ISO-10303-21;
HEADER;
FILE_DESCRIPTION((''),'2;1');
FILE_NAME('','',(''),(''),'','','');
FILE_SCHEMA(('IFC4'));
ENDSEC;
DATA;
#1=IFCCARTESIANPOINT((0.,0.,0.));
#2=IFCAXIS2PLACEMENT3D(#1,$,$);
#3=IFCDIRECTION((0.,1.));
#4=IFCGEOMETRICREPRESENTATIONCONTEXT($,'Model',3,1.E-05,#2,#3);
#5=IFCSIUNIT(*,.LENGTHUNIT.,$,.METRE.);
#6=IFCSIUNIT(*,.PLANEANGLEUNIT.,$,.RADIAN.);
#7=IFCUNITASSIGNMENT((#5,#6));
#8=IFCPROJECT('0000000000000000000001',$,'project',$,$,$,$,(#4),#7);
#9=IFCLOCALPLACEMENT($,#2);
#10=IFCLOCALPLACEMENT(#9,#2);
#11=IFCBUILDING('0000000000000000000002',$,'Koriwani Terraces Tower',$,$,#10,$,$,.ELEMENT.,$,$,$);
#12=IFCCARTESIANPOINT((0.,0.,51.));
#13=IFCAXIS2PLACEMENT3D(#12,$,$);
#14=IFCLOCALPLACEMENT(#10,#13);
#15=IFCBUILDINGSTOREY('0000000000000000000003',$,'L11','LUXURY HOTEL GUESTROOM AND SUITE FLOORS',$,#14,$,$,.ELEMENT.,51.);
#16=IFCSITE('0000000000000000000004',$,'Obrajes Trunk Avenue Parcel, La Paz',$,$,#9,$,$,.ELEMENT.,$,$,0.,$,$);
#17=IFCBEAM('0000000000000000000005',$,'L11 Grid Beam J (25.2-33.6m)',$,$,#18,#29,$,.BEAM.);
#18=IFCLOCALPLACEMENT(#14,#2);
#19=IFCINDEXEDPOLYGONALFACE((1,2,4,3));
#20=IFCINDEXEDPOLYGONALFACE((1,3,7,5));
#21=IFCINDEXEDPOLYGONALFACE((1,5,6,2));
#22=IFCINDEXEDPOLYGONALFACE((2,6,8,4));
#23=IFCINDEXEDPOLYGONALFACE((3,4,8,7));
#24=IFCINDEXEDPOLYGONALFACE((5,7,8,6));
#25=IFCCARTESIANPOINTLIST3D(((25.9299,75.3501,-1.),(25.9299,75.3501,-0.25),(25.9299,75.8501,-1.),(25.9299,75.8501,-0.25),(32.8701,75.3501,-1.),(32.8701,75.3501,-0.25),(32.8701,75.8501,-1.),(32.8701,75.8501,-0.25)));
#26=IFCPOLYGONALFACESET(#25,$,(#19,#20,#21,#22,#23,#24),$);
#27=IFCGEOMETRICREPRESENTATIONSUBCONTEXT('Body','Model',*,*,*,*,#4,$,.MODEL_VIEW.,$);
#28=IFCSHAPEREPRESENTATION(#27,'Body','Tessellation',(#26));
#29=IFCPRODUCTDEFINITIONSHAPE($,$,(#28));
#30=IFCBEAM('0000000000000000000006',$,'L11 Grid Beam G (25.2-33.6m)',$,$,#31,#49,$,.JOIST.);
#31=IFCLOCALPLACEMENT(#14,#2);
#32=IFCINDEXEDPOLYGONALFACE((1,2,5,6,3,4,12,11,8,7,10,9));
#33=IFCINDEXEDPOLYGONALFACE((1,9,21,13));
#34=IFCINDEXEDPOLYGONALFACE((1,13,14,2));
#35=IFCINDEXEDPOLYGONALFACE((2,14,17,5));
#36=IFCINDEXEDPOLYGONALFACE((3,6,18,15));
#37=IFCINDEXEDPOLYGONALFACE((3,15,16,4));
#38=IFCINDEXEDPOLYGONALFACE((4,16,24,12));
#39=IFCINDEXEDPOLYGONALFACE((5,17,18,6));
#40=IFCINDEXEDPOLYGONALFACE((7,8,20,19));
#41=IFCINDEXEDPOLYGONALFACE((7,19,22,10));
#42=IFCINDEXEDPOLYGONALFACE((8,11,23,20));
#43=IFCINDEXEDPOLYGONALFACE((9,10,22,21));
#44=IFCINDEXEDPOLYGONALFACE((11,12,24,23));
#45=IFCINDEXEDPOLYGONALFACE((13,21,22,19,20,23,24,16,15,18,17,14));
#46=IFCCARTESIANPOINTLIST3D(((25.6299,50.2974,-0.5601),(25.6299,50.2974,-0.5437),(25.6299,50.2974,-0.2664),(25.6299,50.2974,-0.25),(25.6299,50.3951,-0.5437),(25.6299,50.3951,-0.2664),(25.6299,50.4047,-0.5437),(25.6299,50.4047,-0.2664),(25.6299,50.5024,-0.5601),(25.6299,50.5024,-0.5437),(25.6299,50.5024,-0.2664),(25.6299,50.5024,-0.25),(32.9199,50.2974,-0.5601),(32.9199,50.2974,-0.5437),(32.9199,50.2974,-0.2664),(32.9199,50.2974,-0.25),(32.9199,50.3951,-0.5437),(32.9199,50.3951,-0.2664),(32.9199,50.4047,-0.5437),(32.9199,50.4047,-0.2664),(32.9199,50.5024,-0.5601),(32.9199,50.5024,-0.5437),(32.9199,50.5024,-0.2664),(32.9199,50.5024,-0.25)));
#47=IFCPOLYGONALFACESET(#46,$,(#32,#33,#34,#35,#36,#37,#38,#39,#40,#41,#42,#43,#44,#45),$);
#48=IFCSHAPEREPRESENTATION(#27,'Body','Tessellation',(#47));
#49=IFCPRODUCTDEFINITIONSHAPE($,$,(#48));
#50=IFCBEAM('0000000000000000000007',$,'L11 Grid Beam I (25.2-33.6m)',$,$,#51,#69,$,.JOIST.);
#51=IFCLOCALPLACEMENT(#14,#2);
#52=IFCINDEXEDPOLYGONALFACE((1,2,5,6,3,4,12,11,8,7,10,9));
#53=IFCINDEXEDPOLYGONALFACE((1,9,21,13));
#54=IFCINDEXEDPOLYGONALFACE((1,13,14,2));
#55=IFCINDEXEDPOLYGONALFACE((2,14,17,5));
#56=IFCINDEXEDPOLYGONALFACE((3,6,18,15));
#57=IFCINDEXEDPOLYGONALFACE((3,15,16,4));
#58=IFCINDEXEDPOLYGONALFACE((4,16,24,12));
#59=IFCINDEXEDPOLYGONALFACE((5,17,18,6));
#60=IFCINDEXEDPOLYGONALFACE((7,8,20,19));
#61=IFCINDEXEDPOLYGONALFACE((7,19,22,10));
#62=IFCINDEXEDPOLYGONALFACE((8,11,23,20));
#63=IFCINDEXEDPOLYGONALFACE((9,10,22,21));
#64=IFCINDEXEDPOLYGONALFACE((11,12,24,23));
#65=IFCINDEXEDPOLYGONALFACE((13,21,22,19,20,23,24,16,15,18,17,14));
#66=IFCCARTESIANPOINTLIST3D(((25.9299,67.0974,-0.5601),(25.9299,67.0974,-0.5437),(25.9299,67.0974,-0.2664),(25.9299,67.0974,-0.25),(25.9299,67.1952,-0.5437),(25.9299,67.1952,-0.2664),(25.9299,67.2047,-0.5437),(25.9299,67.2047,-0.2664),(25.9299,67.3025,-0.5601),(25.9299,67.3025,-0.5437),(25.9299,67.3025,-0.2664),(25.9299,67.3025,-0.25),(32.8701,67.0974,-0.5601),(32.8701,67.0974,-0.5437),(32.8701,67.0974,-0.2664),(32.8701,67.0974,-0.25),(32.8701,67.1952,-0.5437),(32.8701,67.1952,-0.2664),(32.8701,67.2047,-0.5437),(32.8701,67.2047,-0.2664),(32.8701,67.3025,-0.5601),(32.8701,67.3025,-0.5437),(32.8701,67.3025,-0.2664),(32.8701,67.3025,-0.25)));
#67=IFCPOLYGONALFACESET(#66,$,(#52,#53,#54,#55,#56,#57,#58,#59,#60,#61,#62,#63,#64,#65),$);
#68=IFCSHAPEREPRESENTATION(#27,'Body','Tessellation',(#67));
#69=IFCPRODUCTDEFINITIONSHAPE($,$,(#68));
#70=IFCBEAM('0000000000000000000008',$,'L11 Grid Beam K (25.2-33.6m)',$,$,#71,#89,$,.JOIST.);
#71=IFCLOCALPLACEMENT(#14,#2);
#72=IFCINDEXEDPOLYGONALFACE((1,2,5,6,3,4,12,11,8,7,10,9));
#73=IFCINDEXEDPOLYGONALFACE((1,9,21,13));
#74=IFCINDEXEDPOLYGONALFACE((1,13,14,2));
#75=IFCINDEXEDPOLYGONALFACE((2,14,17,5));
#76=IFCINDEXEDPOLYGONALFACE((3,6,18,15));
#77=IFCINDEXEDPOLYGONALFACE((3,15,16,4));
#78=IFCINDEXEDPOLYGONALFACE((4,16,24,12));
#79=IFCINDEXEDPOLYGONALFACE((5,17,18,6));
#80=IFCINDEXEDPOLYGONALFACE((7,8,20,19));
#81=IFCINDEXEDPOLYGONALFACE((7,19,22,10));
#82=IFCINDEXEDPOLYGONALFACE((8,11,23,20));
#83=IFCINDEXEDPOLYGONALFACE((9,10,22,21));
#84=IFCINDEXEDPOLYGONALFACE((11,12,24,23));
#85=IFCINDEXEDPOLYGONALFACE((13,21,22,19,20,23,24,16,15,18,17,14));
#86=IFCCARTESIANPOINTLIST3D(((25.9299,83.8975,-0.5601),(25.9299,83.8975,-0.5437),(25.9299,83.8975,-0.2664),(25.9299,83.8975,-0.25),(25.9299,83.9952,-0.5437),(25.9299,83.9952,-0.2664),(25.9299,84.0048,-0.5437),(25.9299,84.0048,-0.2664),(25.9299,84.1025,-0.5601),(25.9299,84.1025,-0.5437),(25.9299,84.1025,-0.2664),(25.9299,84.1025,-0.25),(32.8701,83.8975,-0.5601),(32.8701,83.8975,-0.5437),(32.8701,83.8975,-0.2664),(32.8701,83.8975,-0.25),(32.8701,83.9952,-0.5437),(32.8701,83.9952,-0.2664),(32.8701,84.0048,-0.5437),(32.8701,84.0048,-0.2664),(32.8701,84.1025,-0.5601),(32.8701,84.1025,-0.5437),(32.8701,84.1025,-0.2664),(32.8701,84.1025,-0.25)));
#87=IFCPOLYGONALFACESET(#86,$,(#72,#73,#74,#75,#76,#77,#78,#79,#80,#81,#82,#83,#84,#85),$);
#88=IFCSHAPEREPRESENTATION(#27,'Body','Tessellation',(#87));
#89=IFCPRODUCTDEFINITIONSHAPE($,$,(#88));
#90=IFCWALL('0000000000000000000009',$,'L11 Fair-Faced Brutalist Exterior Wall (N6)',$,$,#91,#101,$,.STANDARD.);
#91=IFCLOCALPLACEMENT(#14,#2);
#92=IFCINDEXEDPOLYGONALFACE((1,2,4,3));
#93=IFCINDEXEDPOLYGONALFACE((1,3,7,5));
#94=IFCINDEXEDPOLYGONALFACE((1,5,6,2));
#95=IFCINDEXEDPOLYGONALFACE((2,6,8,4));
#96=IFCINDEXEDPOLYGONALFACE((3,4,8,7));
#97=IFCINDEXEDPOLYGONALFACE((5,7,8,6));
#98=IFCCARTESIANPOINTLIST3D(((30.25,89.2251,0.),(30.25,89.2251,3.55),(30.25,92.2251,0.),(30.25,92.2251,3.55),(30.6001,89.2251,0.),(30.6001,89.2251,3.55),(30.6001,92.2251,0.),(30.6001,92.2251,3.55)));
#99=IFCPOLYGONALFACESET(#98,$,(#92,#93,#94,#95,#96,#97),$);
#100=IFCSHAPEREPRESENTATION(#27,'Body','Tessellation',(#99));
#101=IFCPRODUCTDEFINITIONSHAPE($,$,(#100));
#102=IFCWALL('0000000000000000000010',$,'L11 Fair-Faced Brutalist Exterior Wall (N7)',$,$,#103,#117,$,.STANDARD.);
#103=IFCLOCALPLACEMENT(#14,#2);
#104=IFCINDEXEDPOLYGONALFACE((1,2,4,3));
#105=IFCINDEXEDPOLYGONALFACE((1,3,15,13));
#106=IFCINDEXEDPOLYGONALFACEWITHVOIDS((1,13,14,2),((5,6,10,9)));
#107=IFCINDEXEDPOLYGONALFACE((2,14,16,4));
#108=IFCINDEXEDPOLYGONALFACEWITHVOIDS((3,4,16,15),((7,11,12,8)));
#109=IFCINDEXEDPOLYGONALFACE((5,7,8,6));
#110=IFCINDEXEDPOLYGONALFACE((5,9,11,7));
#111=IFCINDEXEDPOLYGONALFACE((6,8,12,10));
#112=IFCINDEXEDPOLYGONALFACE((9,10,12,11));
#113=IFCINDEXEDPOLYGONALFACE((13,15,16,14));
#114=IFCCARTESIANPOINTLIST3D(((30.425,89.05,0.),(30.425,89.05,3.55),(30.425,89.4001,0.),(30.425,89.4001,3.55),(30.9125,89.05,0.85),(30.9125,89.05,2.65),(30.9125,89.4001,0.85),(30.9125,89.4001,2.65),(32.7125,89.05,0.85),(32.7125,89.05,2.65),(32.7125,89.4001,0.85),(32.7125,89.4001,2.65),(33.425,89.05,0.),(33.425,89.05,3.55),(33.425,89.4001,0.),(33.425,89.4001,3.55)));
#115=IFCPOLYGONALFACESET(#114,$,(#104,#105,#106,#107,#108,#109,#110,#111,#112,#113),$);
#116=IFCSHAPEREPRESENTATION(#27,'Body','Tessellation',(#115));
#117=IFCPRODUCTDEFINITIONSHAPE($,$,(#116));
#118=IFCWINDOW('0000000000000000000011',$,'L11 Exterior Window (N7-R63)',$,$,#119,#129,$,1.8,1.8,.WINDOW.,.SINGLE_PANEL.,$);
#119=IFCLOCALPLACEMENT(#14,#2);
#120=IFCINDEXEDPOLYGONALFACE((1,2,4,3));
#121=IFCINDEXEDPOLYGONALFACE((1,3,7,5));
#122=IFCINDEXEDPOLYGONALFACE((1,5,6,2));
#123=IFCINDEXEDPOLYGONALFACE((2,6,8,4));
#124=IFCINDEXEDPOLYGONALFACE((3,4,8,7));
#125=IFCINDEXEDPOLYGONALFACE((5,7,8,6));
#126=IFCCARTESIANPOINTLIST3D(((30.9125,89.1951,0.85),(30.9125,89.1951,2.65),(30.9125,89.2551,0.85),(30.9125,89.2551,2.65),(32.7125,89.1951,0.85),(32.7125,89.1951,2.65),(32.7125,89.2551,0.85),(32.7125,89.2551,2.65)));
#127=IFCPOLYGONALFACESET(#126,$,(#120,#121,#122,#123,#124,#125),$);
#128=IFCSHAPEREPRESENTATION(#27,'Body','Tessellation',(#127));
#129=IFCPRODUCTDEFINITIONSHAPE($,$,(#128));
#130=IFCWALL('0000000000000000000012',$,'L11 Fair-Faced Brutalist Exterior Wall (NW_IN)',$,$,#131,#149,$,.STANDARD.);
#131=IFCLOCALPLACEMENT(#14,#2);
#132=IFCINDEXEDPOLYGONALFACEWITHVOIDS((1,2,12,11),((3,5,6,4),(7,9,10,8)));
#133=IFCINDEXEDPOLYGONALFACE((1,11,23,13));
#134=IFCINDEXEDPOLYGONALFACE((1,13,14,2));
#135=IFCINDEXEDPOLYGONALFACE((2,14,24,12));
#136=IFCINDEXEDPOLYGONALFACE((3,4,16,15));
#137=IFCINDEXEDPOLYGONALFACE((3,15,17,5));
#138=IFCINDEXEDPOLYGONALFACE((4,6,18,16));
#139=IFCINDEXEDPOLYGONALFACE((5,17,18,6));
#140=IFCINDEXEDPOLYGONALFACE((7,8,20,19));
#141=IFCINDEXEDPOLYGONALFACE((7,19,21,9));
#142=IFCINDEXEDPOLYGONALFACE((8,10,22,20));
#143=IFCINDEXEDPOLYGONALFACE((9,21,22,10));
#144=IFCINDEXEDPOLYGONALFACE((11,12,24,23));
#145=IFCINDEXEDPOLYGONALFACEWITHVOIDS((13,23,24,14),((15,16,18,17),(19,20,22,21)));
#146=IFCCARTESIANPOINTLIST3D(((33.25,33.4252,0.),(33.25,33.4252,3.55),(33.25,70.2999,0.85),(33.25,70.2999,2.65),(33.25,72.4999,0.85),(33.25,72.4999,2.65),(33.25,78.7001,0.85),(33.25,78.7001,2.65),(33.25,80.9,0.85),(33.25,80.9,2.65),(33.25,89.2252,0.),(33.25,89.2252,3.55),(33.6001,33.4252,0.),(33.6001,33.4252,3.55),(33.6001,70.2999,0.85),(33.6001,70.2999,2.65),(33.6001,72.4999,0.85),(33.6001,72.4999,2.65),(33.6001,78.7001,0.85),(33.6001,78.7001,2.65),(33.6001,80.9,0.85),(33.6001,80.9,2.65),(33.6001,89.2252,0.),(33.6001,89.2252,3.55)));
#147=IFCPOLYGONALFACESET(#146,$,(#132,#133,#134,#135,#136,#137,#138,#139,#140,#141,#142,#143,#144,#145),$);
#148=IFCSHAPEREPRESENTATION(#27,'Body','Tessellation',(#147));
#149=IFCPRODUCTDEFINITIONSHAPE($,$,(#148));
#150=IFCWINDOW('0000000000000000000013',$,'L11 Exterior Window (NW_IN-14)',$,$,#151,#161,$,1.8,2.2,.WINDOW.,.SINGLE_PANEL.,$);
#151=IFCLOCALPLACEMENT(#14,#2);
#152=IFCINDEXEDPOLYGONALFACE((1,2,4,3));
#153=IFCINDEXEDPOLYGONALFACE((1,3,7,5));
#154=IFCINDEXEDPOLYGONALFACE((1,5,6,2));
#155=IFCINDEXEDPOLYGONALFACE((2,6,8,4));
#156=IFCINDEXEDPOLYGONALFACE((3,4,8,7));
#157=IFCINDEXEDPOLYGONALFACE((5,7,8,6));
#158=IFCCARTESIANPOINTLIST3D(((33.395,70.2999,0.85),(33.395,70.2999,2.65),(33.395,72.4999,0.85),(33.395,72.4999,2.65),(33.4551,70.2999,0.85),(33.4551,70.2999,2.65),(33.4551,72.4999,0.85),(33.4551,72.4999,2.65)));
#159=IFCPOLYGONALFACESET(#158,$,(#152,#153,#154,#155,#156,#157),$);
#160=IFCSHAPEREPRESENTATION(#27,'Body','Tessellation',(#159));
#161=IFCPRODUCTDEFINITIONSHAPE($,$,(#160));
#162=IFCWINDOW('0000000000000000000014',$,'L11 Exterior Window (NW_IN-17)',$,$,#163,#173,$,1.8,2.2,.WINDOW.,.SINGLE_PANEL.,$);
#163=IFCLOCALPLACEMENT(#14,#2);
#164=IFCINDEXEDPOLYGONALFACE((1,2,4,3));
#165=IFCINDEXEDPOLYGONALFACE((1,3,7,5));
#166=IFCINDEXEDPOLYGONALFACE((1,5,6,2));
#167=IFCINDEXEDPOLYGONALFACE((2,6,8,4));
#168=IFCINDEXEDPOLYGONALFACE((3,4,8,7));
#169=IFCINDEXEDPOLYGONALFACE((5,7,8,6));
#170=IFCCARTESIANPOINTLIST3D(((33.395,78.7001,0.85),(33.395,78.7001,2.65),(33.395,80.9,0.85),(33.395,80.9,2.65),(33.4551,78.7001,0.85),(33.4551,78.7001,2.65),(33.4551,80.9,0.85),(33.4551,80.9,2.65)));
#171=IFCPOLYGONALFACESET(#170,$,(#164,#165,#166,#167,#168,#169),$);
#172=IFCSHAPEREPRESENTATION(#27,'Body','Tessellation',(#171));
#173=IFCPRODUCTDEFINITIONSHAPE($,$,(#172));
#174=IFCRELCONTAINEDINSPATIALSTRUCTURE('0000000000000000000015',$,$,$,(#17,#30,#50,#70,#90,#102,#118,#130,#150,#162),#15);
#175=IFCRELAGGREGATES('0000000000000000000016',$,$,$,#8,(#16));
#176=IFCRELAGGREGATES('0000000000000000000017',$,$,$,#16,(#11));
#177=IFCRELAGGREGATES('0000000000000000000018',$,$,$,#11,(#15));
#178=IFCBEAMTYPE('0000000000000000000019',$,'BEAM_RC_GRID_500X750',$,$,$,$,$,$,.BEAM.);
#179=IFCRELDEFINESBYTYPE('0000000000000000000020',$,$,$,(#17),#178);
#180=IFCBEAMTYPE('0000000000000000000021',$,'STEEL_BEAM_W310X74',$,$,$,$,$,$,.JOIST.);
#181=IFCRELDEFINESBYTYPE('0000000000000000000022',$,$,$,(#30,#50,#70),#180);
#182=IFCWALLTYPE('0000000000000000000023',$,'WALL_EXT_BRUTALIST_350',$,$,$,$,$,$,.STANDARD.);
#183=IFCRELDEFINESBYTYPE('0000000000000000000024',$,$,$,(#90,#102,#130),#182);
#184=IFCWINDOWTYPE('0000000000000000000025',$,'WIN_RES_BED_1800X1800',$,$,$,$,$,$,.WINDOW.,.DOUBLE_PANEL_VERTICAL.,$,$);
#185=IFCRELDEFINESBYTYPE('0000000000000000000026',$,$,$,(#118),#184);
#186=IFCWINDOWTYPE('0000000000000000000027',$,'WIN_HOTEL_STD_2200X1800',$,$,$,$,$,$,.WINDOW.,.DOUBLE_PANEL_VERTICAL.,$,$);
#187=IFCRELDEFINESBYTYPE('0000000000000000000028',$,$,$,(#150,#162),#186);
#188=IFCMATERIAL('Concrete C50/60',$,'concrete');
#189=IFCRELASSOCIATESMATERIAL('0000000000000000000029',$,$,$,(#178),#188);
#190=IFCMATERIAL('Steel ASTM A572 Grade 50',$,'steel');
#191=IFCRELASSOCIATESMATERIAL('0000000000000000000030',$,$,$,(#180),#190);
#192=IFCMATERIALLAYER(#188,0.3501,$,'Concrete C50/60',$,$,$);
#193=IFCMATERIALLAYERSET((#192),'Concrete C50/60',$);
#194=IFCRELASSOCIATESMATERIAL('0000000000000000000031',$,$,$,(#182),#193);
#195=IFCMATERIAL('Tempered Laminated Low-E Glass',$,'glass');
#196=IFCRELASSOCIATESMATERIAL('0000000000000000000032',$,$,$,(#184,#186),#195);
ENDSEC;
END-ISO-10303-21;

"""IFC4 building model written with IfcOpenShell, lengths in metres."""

from ifc_helpers import new_model, si_unit, direction, frame, frame_2d, origin, origin_2d, place, context, subcontext, project, spatial, rectangle, i_section, extrude, material, layer, layer_set, material_profile, profile_set, type_object, element, fill, save


model = new_model("IFC4")

# Units and contexts
model_context = context("Model", 3, precision=1e-05, world=origin(), true_north=direction((0.0, 1.0)))
body_context = subcontext(model_context, "Body", "Model", "MODEL_VIEW")
ifc_project = project(units=[si_unit("LENGTHUNIT", "METRE"), si_unit("PLANEANGLEUNIT", "RADIAN")], contexts=[model_context])

# Site, building, storey
site_placement = place(None, origin())
site = spatial("IfcSite", under=ifc_project, at=site_placement, Name="Obrajes Trunk Avenue Parcel, La Paz", CompositionType="ELEMENT", RefElevation=0.0)
building_placement = place(site_placement, origin())
building = spatial("IfcBuilding", under=site, at=building_placement, Name="Koriwani Terraces Tower", CompositionType="ELEMENT")
storey_placement = place(building_placement, frame((0.0, 0.0, 51.0)))
storey = spatial("IfcBuildingStorey", under=building, at=storey_placement, Name="L11", Description="LUXURY HOTEL GUESTROOM AND SUITE FLOORS", CompositionType="ELEMENT", Elevation=51.0)

# Beams
ifc_material_1 = material(Name="Concrete C50/60", Category="concrete")
ifc_material_profile_1 = material_profile(ifc_material_1, rectangle(XDim=0.5, YDim=0.75, at=origin_2d()), Name="Concrete C50/60", Category="LoadBearing")
ifc_profile_set_1 = profile_set([ifc_material_profile_1], Name="Concrete C50/60")
beam_type_1 = type_object("IfcBeamType", Name="BEAM_RC_GRID_500X750", PredefinedType="BEAM", material=ifc_profile_set_1)
beam_1_placement = place(storey_placement, frame((25.9299, 75.6001, -0.625), z_axis=(1.0, 0.0, 0.0), x_axis=(0.0, 1.0, 0.0)))
element("IfcBeam", 1, at=beam_1_placement, inside=storey, type_object=beam_type_1, Name="L11 Grid Beam J (25.2-33.6m)", PredefinedType="BEAM", context=body_context, shape_type="SweptSolid", body=[
    extrude(rectangle(XDim=0.5, YDim=0.75, at=origin_2d()), origin(), (0.0, 0.0, 1.0), 6.9402),
])
ifc_material_2 = material(Name="Steel ASTM A572 Grade 50", Category="steel")
ifc_material_profile_2 = material_profile(ifc_material_2, i_section(OverallWidth=0.2051, OverallDepth=0.3101, WebThickness=0.0095, FlangeThickness=0.0164, at=origin_2d()), Name="Steel ASTM A572 Grade 50", Category="LoadBearing")
ifc_profile_set_2 = profile_set([ifc_material_profile_2], Name="Steel ASTM A572 Grade 50")
beam_type_2 = type_object("IfcBeamType", Name="STEEL_BEAM_W310X74", PredefinedType="JOIST", material=ifc_profile_set_2)
beam_2_placement = place(storey_placement, frame((25.6299, 50.3999, -0.405), z_axis=(1.0, 0.0, 0.0), x_axis=(0.0, 1.0, 0.0)))
element("IfcBeam", 2, at=beam_2_placement, inside=storey, type_object=beam_type_2, Name="L11 Grid Beam G (25.2-33.6m)", PredefinedType="JOIST", context=body_context, shape_type="SweptSolid", body=[
    extrude(i_section(OverallWidth=0.2051, OverallDepth=0.3101, WebThickness=0.0095, FlangeThickness=0.0164, at=origin_2d()), origin(), (0.0, 0.0, 1.0), 7.29),
])
for number, where, z_axis, x_axis, name in (
    (3, (25.9299, 67.2, -0.405), (1.0, 0.0, 0.0), (0.0, 1.0, 0.0), "L11 Grid Beam I (25.2-33.6m)"),
    (4, (25.9299, 84.0, -0.405), (1.0, 0.0, 0.0), (0.0, 1.0, 0.0), "L11 Grid Beam K (25.2-33.6m)"),
):
    element("IfcBeam", number, at=place(storey_placement, frame(where, z_axis=z_axis, x_axis=x_axis)), inside=storey, type_object=beam_type_2, Name=name, PredefinedType="JOIST", context=body_context, shape_type="SweptSolid", body=[
        extrude(i_section(OverallWidth=0.2051, OverallDepth=0.3101, WebThickness=0.0095, FlangeThickness=0.0164, at=origin_2d()), origin(), (0.0, 0.0, 1.0), 6.9402),
    ])

# Wall
ifc_layer_1 = layer(ifc_material_1, 0.3501, Name="Concrete C50/60")
ifc_layer_set_1 = layer_set([ifc_layer_1], Name="Concrete C50/60")
wall_type_1 = type_object("IfcWallType", Name="WALL_EXT_BRUTALIST_350", PredefinedType="STANDARD", material=ifc_layer_set_1)
wall_1_placement = place(storey_placement, frame((30.425, 92.2251, 0.0), z_axis=(0.0, 0.0, 1.0), x_axis=(0.0, -1.0, 0.0)))
element("IfcWall", 5, at=wall_1_placement, inside=storey, type_object=wall_type_1, Name="L11 Fair-Faced Brutalist Exterior Wall (N6)", PredefinedType="STANDARD", context=body_context, shape_type="SweptSolid", body=[
    extrude(rectangle(XDim=3.0, YDim=0.3501, at=frame_2d((1.5, 0.0))), origin(), (0.0, 0.0, 1.0), 3.55),
])

# Wall, opening, window
wall_2_placement = place(storey_placement, frame((30.425, 89.2251, 0.0), z_axis=(0.0, 0.0, 1.0), x_axis=(1.0, 0.0, 0.0)))
wall_2 = element("IfcWall", 6, at=wall_2_placement, inside=storey, type_object=wall_type_1, Name="L11 Fair-Faced Brutalist Exterior Wall (N7)", PredefinedType="STANDARD", context=body_context, shape_type="SweptSolid", body=[
    extrude(rectangle(XDim=3.0, YDim=0.3501, at=frame_2d((1.5, 0.0))), origin(), (0.0, 0.0, 1.0), 3.55),
])
opening_1_placement = place(wall_2_placement, frame((0.4875, 0.0, 0.8501)))
opening_1 = element("IfcOpeningElement", 7, at=opening_1_placement, cuts=wall_2, PredefinedType="OPENING", context=body_context, shape_type="SweptSolid", body=[
    extrude(rectangle(XDim=1.8, YDim=1.8, at=frame_2d((0.8999, 0.8999))), frame((0.0, 0.1851, 0.0), z_axis=(0.0, -1.0, 0.0), x_axis=(1.0, 0.0, 0.0)), (0.0, 0.0, 1.0), 0.3701),
])
ifc_material_3 = material(Name="Tempered Laminated Low-E Glass", Category="glass")
window_type_1 = type_object("IfcWindowType", Name="WIN_RES_BED_1800X1800", PartitioningType="DOUBLE_PANEL_VERTICAL", PredefinedType="WINDOW", material=ifc_material_3)
window_1_placement = place(opening_1_placement, origin())
window_1 = element("IfcWindow", 8, at=window_1_placement, inside=storey, type_object=window_type_1, Name="L11 Exterior Window (N7-R63)", OverallHeight=1.8, OverallWidth=1.8, PartitioningType="SINGLE_PANEL", PredefinedType="WINDOW", context=body_context, shape_type="SweptSolid", body=[
    extrude(rectangle(XDim=1.8, YDim=1.8, at=frame_2d((0.8999, 0.8999))), frame((0.0, 0.03, 0.0), z_axis=(0.0, -1.0, 0.0), x_axis=(1.0, 0.0, 0.0)), (0.0, 0.0, 1.0), 0.0601),
])
fill(opening_1, window_1)

# Wall, openings, windows
wall_3_placement = place(storey_placement, frame((33.425, 89.2251, 0.0), z_axis=(0.0, 0.0, 1.0), x_axis=(0.0, -1.0, 0.0)))
wall_3 = element("IfcWall", 9, at=wall_3_placement, inside=storey, type_object=wall_type_1, Name="L11 Fair-Faced Brutalist Exterior Wall (NW_IN)", PredefinedType="STANDARD", context=body_context, shape_type="SweptSolid", body=[
    extrude(rectangle(XDim=55.8, YDim=0.3501, at=frame_2d((27.8999, 0.0))), origin(), (0.0, 0.0, 1.0), 3.55),
])
opening_2_placement = place(wall_3_placement, frame((16.7251, 0.0, 0.8501)))
opening_2 = element("IfcOpeningElement", 10, at=opening_2_placement, cuts=wall_3, PredefinedType="OPENING", context=body_context, shape_type="SweptSolid", body=[
    extrude(rectangle(XDim=2.2, YDim=1.8, at=frame_2d((1.1001, 0.8999))), frame((0.0, 0.1851, 0.0), z_axis=(0.0, -1.0, 0.0), x_axis=(1.0, 0.0, 0.0)), (0.0, 0.0, 1.0), 0.3701),
])
opening_3_placement = place(wall_3_placement, frame((8.325, 0.0, 0.8501)))
opening_3 = element("IfcOpeningElement", 11, at=opening_3_placement, cuts=wall_3, PredefinedType="OPENING", context=body_context, shape_type="SweptSolid", body=[
    extrude(rectangle(XDim=2.2, YDim=1.8, at=frame_2d((1.1001, 0.8999))), frame((0.0, 0.1851, 0.0), z_axis=(0.0, -1.0, 0.0), x_axis=(1.0, 0.0, 0.0)), (0.0, 0.0, 1.0), 0.3701),
])
window_type_2 = type_object("IfcWindowType", Name="WIN_HOTEL_STD_2200X1800", PartitioningType="DOUBLE_PANEL_VERTICAL", PredefinedType="WINDOW", material=ifc_material_3)
window_2_placement = place(opening_2_placement, origin())
window_2 = element("IfcWindow", 12, at=window_2_placement, inside=storey, type_object=window_type_2, Name="L11 Exterior Window (NW_IN-14)", OverallHeight=1.8, OverallWidth=2.2, PartitioningType="SINGLE_PANEL", PredefinedType="WINDOW", context=body_context, shape_type="SweptSolid", body=[
    extrude(rectangle(XDim=2.2, YDim=1.8, at=frame_2d((1.1001, 0.8999))), frame((0.0, 0.03, 0.0), z_axis=(0.0, -1.0, 0.0), x_axis=(1.0, 0.0, 0.0)), (0.0, 0.0, 1.0), 0.0601),
])
fill(opening_2, window_2)
window_3_placement = place(opening_3_placement, origin())
window_3 = element("IfcWindow", 13, at=window_3_placement, inside=storey, type_object=window_type_2, Name="L11 Exterior Window (NW_IN-17)", OverallHeight=1.8, OverallWidth=2.2, PartitioningType="SINGLE_PANEL", PredefinedType="WINDOW", context=body_context, shape_type="SweptSolid", body=[
    extrude(rectangle(XDim=2.2, YDim=1.8, at=frame_2d((1.1001, 0.8999))), frame((0.0, 0.03, 0.0), z_axis=(0.0, -1.0, 0.0), x_axis=(1.0, 0.0, 0.0)), (0.0, 0.0, 1.0), 0.0601),
])
fill(opening_3, window_3)

save(model, "model.ifc")
